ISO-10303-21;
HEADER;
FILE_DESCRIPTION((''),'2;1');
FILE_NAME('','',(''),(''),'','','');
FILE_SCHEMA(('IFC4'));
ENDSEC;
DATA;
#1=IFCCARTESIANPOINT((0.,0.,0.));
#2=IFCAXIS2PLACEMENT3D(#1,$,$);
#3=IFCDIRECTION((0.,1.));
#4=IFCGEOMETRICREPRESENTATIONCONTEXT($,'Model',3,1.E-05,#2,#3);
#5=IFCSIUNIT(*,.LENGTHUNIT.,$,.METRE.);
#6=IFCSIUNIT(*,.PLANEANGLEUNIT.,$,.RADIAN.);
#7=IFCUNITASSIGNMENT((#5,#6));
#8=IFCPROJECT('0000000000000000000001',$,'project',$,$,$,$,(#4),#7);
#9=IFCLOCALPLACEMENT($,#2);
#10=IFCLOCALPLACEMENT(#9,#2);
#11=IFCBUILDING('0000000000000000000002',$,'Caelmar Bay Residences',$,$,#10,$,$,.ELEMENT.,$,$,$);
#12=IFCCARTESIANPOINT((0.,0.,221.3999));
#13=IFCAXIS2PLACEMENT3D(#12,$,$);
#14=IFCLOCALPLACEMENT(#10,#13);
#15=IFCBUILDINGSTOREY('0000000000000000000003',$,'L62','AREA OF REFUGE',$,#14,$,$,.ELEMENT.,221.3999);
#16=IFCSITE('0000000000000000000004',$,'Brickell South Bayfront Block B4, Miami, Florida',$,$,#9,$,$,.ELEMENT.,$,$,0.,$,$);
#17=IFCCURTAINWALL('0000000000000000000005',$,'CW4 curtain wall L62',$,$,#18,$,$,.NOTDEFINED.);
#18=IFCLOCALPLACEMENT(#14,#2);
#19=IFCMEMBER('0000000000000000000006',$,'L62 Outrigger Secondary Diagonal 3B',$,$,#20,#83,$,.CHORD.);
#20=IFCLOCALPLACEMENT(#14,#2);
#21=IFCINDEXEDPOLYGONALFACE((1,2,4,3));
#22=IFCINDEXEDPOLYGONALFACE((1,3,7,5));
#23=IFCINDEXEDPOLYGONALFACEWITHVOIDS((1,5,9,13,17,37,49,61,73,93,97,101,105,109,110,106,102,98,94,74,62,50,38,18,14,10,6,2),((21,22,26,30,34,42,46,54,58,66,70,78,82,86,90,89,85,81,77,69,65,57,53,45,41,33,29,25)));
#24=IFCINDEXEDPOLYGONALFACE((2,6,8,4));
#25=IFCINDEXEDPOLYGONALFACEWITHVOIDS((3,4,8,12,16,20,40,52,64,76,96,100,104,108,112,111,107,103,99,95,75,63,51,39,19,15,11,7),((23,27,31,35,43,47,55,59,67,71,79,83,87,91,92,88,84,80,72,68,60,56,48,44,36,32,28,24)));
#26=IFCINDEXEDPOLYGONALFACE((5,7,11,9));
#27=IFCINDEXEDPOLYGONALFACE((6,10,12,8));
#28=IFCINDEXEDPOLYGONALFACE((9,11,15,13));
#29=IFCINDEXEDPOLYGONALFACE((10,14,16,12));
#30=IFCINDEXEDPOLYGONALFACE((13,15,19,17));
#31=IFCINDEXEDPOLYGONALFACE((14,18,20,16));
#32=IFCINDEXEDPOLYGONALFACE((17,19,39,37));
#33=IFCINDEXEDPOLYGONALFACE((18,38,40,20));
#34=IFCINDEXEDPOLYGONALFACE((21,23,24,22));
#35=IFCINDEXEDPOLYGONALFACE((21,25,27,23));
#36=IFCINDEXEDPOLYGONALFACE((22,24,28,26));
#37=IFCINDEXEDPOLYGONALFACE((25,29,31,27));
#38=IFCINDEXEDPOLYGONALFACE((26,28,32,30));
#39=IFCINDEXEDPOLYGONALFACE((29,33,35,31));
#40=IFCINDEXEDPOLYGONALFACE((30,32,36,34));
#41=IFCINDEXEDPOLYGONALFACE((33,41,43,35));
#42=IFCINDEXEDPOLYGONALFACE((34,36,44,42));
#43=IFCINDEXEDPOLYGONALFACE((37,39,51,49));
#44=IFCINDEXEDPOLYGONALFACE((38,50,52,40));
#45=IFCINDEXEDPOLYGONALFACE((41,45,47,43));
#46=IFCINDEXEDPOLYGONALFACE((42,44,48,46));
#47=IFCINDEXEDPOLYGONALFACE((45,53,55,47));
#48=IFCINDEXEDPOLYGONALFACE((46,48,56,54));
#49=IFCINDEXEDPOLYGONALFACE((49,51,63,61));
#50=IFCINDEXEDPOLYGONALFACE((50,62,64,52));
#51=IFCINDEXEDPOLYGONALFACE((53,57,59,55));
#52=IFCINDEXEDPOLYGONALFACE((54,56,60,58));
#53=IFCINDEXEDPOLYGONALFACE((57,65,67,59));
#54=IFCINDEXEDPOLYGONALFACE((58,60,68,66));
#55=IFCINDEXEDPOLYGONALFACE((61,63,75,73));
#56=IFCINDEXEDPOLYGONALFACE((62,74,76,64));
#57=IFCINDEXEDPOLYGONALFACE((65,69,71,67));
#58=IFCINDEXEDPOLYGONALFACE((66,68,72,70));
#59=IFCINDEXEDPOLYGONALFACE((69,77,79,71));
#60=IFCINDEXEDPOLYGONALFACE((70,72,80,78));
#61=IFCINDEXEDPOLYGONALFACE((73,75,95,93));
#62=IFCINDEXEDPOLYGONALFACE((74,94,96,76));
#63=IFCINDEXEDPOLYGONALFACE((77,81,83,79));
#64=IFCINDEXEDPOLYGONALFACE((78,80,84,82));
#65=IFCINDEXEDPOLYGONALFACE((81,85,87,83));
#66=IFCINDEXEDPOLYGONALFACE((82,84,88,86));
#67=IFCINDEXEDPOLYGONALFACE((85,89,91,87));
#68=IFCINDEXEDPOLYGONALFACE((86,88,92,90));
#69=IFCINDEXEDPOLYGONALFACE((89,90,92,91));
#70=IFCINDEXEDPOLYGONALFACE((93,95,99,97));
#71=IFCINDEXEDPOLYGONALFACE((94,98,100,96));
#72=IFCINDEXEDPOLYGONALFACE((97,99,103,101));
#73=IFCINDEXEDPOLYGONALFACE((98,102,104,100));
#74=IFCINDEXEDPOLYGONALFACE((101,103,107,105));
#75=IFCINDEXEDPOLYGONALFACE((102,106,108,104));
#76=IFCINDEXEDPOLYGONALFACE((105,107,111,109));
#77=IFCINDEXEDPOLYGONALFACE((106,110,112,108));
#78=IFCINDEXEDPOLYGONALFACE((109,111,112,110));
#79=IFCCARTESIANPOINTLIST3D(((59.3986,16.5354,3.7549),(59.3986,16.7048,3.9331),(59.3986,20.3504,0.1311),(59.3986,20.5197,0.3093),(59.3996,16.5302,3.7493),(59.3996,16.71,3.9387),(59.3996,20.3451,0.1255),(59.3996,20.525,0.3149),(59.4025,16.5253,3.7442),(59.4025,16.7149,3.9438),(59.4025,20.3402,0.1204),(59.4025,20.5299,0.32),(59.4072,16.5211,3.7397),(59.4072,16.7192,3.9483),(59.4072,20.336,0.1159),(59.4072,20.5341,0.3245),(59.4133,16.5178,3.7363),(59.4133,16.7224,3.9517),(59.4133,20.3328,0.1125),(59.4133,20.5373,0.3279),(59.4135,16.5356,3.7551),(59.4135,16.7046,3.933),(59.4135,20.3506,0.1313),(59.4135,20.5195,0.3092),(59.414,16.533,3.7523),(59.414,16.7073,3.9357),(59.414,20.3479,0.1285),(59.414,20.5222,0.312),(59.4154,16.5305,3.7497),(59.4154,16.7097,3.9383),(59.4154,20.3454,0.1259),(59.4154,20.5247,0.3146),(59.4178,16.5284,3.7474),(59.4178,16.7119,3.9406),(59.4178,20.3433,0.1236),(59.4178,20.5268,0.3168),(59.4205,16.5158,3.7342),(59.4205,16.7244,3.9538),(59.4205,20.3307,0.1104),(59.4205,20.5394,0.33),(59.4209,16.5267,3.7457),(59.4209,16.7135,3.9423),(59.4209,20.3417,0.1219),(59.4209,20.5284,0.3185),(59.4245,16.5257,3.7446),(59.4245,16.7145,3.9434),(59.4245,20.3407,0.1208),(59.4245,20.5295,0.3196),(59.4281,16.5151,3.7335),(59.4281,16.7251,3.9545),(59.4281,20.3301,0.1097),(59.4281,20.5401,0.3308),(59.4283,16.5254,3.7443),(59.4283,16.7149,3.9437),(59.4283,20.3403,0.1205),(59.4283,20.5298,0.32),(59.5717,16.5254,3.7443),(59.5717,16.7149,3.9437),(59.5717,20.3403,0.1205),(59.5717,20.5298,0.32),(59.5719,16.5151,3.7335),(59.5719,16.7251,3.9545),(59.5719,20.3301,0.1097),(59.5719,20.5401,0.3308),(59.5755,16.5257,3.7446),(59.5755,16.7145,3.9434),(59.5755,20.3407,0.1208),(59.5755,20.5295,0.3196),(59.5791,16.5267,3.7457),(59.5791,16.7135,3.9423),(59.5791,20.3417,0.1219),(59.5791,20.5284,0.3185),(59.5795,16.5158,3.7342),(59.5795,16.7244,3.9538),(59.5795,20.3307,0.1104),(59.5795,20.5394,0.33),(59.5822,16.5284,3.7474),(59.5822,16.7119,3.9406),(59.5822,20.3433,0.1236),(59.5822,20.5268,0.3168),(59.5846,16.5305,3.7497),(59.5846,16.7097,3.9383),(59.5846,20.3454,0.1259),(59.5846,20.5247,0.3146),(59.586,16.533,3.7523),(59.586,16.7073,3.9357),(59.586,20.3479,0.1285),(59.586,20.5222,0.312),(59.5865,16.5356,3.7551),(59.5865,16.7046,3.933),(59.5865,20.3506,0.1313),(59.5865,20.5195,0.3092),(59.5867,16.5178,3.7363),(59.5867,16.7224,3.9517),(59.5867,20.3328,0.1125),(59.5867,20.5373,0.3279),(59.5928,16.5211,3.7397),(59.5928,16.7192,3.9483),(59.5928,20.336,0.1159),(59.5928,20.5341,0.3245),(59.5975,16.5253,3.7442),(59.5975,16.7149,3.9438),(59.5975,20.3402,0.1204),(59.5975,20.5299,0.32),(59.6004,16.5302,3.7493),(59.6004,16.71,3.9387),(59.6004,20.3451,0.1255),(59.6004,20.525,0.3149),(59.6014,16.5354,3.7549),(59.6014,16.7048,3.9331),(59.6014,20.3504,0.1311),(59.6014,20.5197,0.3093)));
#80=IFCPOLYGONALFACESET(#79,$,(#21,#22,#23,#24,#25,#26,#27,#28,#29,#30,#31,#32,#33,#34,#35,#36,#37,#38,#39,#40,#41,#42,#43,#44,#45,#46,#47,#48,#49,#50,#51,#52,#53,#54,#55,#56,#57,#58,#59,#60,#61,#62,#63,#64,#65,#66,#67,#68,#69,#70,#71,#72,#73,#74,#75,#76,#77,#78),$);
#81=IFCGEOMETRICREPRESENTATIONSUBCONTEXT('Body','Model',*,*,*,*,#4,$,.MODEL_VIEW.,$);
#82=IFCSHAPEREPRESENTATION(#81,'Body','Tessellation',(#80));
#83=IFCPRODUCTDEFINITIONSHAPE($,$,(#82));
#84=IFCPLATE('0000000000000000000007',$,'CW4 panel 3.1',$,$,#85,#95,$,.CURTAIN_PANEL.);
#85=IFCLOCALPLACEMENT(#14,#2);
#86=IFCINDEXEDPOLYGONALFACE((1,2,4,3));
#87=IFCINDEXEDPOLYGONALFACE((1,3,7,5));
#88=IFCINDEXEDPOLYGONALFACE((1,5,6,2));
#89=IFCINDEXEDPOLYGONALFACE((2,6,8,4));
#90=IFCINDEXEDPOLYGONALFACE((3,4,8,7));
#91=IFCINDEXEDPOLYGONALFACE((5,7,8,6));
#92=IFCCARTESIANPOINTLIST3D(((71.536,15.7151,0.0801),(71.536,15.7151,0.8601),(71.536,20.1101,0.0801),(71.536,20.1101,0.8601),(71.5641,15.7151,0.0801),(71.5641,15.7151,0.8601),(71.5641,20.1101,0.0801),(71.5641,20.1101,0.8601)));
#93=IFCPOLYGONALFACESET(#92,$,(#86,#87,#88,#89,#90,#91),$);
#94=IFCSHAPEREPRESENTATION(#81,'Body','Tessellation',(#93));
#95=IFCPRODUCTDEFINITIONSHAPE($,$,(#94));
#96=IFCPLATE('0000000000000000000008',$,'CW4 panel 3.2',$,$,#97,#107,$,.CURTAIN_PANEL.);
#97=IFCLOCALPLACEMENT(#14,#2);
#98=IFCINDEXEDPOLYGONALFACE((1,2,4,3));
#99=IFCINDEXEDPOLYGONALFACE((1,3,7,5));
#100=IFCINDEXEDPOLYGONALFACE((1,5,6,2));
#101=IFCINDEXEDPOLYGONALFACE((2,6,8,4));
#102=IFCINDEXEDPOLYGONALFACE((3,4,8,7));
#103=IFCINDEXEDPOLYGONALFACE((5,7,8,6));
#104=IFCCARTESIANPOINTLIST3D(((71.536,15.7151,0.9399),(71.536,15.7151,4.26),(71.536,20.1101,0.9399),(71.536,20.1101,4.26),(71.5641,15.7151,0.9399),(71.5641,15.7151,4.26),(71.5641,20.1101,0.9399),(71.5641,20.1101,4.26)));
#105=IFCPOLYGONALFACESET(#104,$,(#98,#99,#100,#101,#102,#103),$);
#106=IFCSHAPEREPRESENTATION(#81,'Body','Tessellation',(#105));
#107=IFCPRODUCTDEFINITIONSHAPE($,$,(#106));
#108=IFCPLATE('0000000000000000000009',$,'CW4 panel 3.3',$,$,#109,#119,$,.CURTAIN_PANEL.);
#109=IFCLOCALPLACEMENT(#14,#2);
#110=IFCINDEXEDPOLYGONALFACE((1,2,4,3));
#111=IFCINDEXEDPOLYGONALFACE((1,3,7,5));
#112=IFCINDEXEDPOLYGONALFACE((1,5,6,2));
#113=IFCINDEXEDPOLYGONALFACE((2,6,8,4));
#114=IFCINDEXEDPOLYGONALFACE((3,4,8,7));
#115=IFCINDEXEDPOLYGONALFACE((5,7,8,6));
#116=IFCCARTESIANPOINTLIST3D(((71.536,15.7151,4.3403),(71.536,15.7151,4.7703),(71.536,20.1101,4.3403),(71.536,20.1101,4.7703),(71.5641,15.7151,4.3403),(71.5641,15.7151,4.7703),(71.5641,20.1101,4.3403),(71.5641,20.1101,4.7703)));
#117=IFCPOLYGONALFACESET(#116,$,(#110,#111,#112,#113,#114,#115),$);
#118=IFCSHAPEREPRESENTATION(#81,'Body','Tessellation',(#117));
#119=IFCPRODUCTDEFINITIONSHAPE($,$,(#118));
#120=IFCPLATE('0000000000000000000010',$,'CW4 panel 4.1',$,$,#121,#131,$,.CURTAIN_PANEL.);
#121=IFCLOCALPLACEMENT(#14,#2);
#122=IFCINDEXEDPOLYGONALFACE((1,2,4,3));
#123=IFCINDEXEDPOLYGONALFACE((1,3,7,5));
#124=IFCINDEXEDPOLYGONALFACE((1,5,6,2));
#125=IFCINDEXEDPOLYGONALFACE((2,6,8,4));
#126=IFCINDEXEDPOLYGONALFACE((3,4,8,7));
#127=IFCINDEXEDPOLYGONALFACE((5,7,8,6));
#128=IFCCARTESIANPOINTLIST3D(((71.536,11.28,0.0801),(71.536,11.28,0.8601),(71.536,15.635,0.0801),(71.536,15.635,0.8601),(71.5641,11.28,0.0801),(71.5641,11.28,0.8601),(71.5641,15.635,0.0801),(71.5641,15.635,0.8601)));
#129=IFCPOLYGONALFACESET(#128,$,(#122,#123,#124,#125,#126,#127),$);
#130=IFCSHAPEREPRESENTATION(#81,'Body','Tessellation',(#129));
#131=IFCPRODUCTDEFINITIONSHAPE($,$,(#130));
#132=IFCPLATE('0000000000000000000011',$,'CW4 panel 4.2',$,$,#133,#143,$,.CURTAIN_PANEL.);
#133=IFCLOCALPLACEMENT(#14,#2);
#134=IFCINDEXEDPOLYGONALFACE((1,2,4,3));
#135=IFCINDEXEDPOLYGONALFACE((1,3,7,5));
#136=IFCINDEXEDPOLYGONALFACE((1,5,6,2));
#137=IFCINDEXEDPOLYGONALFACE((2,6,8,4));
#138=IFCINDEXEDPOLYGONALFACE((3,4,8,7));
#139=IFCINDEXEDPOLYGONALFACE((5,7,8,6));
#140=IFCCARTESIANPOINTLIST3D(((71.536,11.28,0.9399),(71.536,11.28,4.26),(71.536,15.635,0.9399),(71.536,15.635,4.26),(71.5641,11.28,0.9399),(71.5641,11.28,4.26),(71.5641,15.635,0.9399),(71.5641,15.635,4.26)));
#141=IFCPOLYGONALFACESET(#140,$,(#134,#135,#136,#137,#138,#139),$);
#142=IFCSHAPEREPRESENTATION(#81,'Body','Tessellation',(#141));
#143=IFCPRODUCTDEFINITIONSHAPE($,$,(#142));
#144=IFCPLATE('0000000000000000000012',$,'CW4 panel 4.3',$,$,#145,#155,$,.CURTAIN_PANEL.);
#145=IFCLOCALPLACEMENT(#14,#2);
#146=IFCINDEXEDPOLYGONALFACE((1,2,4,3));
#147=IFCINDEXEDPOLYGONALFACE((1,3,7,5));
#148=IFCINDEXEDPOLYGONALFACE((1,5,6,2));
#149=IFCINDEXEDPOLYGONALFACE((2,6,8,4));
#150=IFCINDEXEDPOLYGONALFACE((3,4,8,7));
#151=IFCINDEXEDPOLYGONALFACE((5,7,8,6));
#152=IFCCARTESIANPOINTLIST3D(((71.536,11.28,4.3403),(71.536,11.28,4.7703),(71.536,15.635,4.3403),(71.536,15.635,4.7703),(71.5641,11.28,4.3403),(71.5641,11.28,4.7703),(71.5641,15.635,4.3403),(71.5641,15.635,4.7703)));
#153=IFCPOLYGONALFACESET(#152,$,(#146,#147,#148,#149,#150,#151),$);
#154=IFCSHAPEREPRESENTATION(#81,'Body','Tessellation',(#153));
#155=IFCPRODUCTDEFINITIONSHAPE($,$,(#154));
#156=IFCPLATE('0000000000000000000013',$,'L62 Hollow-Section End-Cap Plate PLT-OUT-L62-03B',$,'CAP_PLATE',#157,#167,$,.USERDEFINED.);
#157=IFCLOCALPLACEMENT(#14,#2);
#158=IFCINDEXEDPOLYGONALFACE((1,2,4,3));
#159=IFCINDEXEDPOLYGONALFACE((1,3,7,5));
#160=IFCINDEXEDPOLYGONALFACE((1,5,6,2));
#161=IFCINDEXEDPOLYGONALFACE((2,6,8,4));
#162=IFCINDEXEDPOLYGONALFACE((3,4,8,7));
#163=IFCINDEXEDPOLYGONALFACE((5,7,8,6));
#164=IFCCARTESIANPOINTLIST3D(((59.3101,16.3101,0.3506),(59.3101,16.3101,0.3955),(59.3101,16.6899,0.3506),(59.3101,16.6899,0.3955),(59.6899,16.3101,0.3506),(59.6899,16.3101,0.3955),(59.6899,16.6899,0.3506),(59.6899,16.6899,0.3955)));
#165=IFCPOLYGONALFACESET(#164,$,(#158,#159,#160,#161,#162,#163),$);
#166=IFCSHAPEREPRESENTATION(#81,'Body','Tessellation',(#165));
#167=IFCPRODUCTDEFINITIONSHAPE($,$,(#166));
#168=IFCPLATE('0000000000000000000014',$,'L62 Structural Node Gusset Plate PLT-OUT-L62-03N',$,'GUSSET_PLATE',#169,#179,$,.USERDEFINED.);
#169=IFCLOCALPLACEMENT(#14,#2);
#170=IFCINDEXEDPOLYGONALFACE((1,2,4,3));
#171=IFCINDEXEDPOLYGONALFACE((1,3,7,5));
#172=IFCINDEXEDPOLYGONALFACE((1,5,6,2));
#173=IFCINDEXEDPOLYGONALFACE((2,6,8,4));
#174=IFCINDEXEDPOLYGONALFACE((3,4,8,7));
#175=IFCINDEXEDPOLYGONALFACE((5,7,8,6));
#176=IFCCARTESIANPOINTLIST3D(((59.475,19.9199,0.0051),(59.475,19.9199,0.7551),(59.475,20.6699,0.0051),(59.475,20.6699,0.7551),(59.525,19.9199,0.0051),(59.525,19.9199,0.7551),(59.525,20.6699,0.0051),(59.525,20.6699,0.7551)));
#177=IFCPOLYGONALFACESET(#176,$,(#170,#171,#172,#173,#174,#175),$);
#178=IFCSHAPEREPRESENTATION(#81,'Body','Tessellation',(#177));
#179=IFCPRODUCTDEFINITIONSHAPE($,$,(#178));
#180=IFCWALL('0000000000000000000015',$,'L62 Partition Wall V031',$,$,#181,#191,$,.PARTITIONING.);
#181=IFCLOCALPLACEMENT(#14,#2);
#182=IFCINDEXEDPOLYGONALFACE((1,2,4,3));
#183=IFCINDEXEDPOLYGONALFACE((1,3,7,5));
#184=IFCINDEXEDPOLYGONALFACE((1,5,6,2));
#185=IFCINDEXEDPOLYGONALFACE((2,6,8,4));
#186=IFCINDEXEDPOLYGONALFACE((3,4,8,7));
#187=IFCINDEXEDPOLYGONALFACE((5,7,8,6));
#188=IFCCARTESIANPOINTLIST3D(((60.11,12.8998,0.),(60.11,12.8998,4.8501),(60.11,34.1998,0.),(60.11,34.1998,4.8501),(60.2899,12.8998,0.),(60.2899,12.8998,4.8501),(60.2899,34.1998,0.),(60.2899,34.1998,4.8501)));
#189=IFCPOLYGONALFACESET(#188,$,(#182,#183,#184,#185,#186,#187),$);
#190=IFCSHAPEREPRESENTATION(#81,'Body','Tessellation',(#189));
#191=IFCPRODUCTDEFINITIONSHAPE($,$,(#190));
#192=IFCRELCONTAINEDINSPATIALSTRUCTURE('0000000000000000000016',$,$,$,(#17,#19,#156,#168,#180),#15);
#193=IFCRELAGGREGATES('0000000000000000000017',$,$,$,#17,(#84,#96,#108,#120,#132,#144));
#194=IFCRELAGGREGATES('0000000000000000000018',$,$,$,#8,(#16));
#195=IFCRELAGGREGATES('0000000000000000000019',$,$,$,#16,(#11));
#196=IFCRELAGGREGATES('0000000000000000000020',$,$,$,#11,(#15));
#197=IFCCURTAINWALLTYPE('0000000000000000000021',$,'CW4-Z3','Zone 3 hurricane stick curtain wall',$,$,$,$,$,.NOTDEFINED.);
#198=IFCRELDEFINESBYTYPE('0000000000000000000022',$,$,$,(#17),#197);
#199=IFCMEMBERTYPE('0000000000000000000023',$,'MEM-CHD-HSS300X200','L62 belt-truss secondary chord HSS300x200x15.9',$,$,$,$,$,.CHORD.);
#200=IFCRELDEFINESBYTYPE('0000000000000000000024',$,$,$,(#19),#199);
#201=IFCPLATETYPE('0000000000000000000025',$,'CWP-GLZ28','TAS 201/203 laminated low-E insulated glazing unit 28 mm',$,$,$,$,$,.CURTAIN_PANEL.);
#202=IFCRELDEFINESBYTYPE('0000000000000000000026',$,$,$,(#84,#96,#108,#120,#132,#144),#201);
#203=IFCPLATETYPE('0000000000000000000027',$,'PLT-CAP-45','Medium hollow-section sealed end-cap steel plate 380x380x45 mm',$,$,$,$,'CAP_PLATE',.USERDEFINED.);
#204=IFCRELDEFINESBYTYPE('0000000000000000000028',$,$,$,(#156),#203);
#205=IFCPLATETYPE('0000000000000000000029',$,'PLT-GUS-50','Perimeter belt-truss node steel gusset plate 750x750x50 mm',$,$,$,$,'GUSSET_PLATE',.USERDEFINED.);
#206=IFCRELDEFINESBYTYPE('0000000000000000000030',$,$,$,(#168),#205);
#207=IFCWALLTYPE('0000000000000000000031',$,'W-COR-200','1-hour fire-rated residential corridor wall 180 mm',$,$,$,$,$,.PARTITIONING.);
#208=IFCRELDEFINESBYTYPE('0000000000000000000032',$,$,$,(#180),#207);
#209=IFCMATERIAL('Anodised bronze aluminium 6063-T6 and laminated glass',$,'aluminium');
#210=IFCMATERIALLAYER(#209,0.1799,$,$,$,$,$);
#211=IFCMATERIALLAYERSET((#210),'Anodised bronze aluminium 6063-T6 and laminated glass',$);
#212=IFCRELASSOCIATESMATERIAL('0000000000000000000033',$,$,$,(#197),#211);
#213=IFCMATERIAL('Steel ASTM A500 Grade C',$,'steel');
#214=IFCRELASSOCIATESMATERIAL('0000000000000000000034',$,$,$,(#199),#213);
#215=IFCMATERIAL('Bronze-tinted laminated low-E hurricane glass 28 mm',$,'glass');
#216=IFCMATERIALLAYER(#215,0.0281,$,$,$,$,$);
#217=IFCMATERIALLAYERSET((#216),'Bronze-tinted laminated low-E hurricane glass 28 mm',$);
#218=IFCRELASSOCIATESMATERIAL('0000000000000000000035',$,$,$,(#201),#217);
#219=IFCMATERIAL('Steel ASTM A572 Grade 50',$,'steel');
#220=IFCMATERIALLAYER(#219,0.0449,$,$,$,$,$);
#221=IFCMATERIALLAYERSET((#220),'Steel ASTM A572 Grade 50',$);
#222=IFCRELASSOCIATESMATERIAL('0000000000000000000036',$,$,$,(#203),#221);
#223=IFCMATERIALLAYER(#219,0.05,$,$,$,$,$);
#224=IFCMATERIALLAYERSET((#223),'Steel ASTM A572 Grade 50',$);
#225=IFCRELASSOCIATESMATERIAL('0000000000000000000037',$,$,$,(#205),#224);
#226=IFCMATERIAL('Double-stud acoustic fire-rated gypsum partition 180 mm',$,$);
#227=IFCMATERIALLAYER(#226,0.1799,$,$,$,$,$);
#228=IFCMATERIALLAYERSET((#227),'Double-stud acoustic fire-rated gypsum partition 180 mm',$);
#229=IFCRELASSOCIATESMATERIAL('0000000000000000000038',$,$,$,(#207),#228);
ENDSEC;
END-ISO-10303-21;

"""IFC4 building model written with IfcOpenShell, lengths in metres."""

from ifc_helpers import new_model, si_unit, direction, frame, frame_2d, origin, origin_2d, place, context, subcontext, project, spatial, rectangle, hollow_rectangle, extrude, material, layer, layer_set, material_profile, profile_set, type_object, element, aggregate, save


model = new_model("IFC4")

# Units and contexts
model_context = context("Model", 3, precision=1e-05, world=origin(), true_north=direction((0.0, 1.0)))
body_context = subcontext(model_context, "Body", "Model", "MODEL_VIEW")
ifc_project = project(units=[si_unit("LENGTHUNIT", "METRE"), si_unit("PLANEANGLEUNIT", "RADIAN")], contexts=[model_context])

# Site, building, storey
site_placement = place(None, origin())
site = spatial("IfcSite", under=ifc_project, at=site_placement, Name="Brickell South Bayfront Block B4, Miami, Florida", CompositionType="ELEMENT", RefElevation=0.0)
building_placement = place(site_placement, origin())
building = spatial("IfcBuilding", under=site, at=building_placement, Name="Caelmar Bay Residences", CompositionType="ELEMENT")
storey_placement = place(building_placement, frame((0.0, 0.0, 221.3999)))
storey = spatial("IfcBuildingStorey", under=building, at=storey_placement, Name="L62", Description="AREA OF REFUGE", CompositionType="ELEMENT", Elevation=221.3999)

# Curtain wall
ifc_material_1 = material(Name="Anodised bronze aluminium 6063-T6 and laminated glass", Category="aluminium")
ifc_layer_1 = layer(ifc_material_1, 0.1799)
ifc_layer_set_1 = layer_set([ifc_layer_1], Name="Anodised bronze aluminium 6063-T6 and laminated glass")
curtain_wall_type = type_object("IfcCurtainWallType", Name="CW4-Z3", Description="Zone 3 hurricane stick curtain wall", PredefinedType="NOTDEFINED", material=ifc_layer_set_1)
curtain_wall_placement = place(storey_placement, origin())
curtain_wall = element("IfcCurtainWall", 1, at=curtain_wall_placement, inside=storey, type_object=curtain_wall_type, Name="CW4 curtain wall L62", PredefinedType="NOTDEFINED")

# Member
ifc_material_2 = material(Name="Steel ASTM A500 Grade C", Category="steel")
ifc_material_profile_1 = material_profile(ifc_material_2, hollow_rectangle(XDim=0.2029, YDim=0.3049, WallThickness=0.0149, InnerFilletRadius=0.0149, OuterFilletRadius=0.0295, at=origin_2d()), Name="HSS300X200X15.9")
ifc_profile_set_1 = profile_set([ifc_material_profile_1], Name="Steel ASTM A500 Grade C")
member_type_1 = type_object("IfcMemberType", Name="MEM-CHD-HSS300X200", Description="L62 belt-truss secondary chord HSS300x200x15.9", PredefinedType="CHORD", material=ifc_profile_set_1)
member_1_placement = place(storey_placement, frame((59.5, 20.4351, 0.2202), z_axis=(0.0, -0.725039, 0.688708), x_axis=(1.0, 0.0, 0.0)))
element("IfcMember", 2, at=member_1_placement, inside=storey, type_object=member_type_1, Name="L62 Outrigger Secondary Diagonal 3B", PredefinedType="CHORD", context=body_context, shape_type="SweptSolid", body=[
    extrude(hollow_rectangle(XDim=0.2029, YDim=0.3049, WallThickness=0.0149, InnerFilletRadius=0.0149, OuterFilletRadius=0.0295, at=origin_2d()), origin(), (0.0, 0.0, 1.0), 5.2617),
])

# Plates
ifc_material_3 = material(Name="Bronze-tinted laminated low-E hurricane glass 28 mm", Category="glass")
ifc_layer_2 = layer(ifc_material_3, 0.0281)
ifc_layer_set_2 = layer_set([ifc_layer_2], Name="Bronze-tinted laminated low-E hurricane glass 28 mm")
plate_type_1 = type_object("IfcPlateType", Name="CWP-GLZ28", Description="TAS 201/203 laminated low-E insulated glazing unit 28 mm", PredefinedType="CURTAIN_PANEL", material=ifc_layer_set_2)
plate_1_placement = place(storey_placement, frame((71.55, 17.9126, 0.0801), z_axis=(0.0, 0.0, 1.0), x_axis=(0.0, -1.0, 0.0)))
plate_1 = element("IfcPlate", 3, at=plate_1_placement, type_object=plate_type_1, Name="CW4 panel 3.1", PredefinedType="CURTAIN_PANEL", context=body_context, shape_type="SweptSolid", body=[
    extrude(rectangle(XDim=4.395, YDim=0.0281, at=origin_2d()), origin(), (0.0, 0.0, 1.0), 0.78),
])
plate_2_placement = place(storey_placement, frame((71.55, 17.9126, 0.9399), z_axis=(0.0, 0.0, 1.0), x_axis=(0.0, -1.0, 0.0)))
plate_2 = element("IfcPlate", 4, at=plate_2_placement, type_object=plate_type_1, Name="CW4 panel 3.2", PredefinedType="CURTAIN_PANEL", context=body_context, shape_type="SweptSolid", body=[
    extrude(rectangle(XDim=4.395, YDim=0.0281, at=origin_2d()), origin(), (0.0, 0.0, 1.0), 3.3201),
])
plate_3_placement = place(storey_placement, frame((71.55, 17.9126, 4.3403), z_axis=(0.0, 0.0, 1.0), x_axis=(0.0, -1.0, 0.0)))
plate_3 = element("IfcPlate", 5, at=plate_3_placement, type_object=plate_type_1, Name="CW4 panel 3.3", PredefinedType="CURTAIN_PANEL", context=body_context, shape_type="SweptSolid", body=[
    extrude(rectangle(XDim=4.395, YDim=0.0281, at=origin_2d()), origin(), (0.0, 0.0, 1.0), 0.4299),
])
plate_4_placement = place(storey_placement, frame((71.55, 13.4575, 0.0801), z_axis=(0.0, 0.0, 1.0), x_axis=(0.0, -1.0, 0.0)))
plate_4 = element("IfcPlate", 6, at=plate_4_placement, type_object=plate_type_1, Name="CW4 panel 4.1", PredefinedType="CURTAIN_PANEL", context=body_context, shape_type="SweptSolid", body=[
    extrude(rectangle(XDim=4.355, YDim=0.0281, at=origin_2d()), origin(), (0.0, 0.0, 1.0), 0.78),
])
plate_5_placement = place(storey_placement, frame((71.55, 13.4575, 0.9399), z_axis=(0.0, 0.0, 1.0), x_axis=(0.0, -1.0, 0.0)))
plate_5 = element("IfcPlate", 7, at=plate_5_placement, type_object=plate_type_1, Name="CW4 panel 4.2", PredefinedType="CURTAIN_PANEL", context=body_context, shape_type="SweptSolid", body=[
    extrude(rectangle(XDim=4.355, YDim=0.0281, at=origin_2d()), origin(), (0.0, 0.0, 1.0), 3.3201),
])
plate_6_placement = place(storey_placement, frame((71.55, 13.4575, 4.3403), z_axis=(0.0, 0.0, 1.0), x_axis=(0.0, -1.0, 0.0)))
plate_6 = element("IfcPlate", 8, at=plate_6_placement, type_object=plate_type_1, Name="CW4 panel 4.3", PredefinedType="CURTAIN_PANEL", context=body_context, shape_type="SweptSolid", body=[
    extrude(rectangle(XDim=4.355, YDim=0.0281, at=origin_2d()), origin(), (0.0, 0.0, 1.0), 0.4299),
])
aggregate(curtain_wall, [plate_1, plate_2, plate_3, plate_4, plate_5, plate_6])

# Plates
ifc_material_4 = material(Name="Steel ASTM A572 Grade 50", Category="steel")
ifc_layer_3 = layer(ifc_material_4, 0.0449)
ifc_layer_set_3 = layer_set([ifc_layer_3], Name="Steel ASTM A572 Grade 50")
plate_type_2 = type_object("IfcPlateType", Name="PLT-CAP-45", Description="Medium hollow-section sealed end-cap steel plate 380x380x45 mm", ElementType="CAP_PLATE", PredefinedType="USERDEFINED", material=ifc_layer_set_3)
plate_7_placement = place(storey_placement, frame((59.5, 16.5, 0.3506), z_axis=(0.0, 0.0, 1.0), x_axis=(1.0, 0.0, 0.0)))
element("IfcPlate", 9, at=plate_7_placement, inside=storey, type_object=plate_type_2, Name="L62 Hollow-Section End-Cap Plate PLT-OUT-L62-03B", ObjectType="CAP_PLATE", PredefinedType="USERDEFINED", context=body_context, shape_type="SweptSolid", body=[
    extrude(rectangle(XDim=0.3799, YDim=0.3799, at=origin_2d()), origin(), (0.0, 0.0, 1.0), 0.0449),
])
ifc_layer_4 = layer(ifc_material_4, 0.05)
ifc_layer_set_4 = layer_set([ifc_layer_4], Name="Steel ASTM A572 Grade 50")
plate_type_3 = type_object("IfcPlateType", Name="PLT-GUS-50", Description="Perimeter belt-truss node steel gusset plate 750x750x50 mm", ElementType="GUSSET_PLATE", PredefinedType="USERDEFINED", material=ifc_layer_set_4)
plate_8_placement = place(storey_placement, frame((59.5, 20.2949, 0.0051), z_axis=(0.0, 0.0, 1.0), x_axis=(0.0, 1.0, 0.0)))
element("IfcPlate", 10, at=plate_8_placement, inside=storey, type_object=plate_type_3, Name="L62 Structural Node Gusset Plate PLT-OUT-L62-03N", ObjectType="GUSSET_PLATE", PredefinedType="USERDEFINED", context=body_context, shape_type="SweptSolid", body=[
    extrude(rectangle(XDim=0.75, YDim=0.05, at=origin_2d()), origin(), (0.0, 0.0, 1.0), 0.75),
])

# Wall
ifc_material_5 = material(Name="Double-stud acoustic fire-rated gypsum partition 180 mm")
ifc_layer_5 = layer(ifc_material_5, 0.1799)
ifc_layer_set_5 = layer_set([ifc_layer_5], Name="Double-stud acoustic fire-rated gypsum partition 180 mm")
wall_type = type_object("IfcWallType", Name="W-COR-200", Description="1-hour fire-rated residential corridor wall 180 mm", PredefinedType="PARTITIONING", material=ifc_layer_set_5)
wall_1_placement = place(storey_placement, frame((60.2, 12.8999, 0.0), z_axis=(0.0, 0.0, 1.0), x_axis=(0.0, 1.0, 0.0)))
element("IfcWall", 11, at=wall_1_placement, inside=storey, type_object=wall_type, Name="L62 Partition Wall V031", PredefinedType="PARTITIONING", context=body_context, shape_type="SweptSolid", body=[
    extrude(rectangle(XDim=21.3, YDim=0.1799, at=frame_2d((10.6499, 0.0))), origin(), (0.0, 0.0, 1.0), 4.8501),
])

save(model, "model.ifc")
